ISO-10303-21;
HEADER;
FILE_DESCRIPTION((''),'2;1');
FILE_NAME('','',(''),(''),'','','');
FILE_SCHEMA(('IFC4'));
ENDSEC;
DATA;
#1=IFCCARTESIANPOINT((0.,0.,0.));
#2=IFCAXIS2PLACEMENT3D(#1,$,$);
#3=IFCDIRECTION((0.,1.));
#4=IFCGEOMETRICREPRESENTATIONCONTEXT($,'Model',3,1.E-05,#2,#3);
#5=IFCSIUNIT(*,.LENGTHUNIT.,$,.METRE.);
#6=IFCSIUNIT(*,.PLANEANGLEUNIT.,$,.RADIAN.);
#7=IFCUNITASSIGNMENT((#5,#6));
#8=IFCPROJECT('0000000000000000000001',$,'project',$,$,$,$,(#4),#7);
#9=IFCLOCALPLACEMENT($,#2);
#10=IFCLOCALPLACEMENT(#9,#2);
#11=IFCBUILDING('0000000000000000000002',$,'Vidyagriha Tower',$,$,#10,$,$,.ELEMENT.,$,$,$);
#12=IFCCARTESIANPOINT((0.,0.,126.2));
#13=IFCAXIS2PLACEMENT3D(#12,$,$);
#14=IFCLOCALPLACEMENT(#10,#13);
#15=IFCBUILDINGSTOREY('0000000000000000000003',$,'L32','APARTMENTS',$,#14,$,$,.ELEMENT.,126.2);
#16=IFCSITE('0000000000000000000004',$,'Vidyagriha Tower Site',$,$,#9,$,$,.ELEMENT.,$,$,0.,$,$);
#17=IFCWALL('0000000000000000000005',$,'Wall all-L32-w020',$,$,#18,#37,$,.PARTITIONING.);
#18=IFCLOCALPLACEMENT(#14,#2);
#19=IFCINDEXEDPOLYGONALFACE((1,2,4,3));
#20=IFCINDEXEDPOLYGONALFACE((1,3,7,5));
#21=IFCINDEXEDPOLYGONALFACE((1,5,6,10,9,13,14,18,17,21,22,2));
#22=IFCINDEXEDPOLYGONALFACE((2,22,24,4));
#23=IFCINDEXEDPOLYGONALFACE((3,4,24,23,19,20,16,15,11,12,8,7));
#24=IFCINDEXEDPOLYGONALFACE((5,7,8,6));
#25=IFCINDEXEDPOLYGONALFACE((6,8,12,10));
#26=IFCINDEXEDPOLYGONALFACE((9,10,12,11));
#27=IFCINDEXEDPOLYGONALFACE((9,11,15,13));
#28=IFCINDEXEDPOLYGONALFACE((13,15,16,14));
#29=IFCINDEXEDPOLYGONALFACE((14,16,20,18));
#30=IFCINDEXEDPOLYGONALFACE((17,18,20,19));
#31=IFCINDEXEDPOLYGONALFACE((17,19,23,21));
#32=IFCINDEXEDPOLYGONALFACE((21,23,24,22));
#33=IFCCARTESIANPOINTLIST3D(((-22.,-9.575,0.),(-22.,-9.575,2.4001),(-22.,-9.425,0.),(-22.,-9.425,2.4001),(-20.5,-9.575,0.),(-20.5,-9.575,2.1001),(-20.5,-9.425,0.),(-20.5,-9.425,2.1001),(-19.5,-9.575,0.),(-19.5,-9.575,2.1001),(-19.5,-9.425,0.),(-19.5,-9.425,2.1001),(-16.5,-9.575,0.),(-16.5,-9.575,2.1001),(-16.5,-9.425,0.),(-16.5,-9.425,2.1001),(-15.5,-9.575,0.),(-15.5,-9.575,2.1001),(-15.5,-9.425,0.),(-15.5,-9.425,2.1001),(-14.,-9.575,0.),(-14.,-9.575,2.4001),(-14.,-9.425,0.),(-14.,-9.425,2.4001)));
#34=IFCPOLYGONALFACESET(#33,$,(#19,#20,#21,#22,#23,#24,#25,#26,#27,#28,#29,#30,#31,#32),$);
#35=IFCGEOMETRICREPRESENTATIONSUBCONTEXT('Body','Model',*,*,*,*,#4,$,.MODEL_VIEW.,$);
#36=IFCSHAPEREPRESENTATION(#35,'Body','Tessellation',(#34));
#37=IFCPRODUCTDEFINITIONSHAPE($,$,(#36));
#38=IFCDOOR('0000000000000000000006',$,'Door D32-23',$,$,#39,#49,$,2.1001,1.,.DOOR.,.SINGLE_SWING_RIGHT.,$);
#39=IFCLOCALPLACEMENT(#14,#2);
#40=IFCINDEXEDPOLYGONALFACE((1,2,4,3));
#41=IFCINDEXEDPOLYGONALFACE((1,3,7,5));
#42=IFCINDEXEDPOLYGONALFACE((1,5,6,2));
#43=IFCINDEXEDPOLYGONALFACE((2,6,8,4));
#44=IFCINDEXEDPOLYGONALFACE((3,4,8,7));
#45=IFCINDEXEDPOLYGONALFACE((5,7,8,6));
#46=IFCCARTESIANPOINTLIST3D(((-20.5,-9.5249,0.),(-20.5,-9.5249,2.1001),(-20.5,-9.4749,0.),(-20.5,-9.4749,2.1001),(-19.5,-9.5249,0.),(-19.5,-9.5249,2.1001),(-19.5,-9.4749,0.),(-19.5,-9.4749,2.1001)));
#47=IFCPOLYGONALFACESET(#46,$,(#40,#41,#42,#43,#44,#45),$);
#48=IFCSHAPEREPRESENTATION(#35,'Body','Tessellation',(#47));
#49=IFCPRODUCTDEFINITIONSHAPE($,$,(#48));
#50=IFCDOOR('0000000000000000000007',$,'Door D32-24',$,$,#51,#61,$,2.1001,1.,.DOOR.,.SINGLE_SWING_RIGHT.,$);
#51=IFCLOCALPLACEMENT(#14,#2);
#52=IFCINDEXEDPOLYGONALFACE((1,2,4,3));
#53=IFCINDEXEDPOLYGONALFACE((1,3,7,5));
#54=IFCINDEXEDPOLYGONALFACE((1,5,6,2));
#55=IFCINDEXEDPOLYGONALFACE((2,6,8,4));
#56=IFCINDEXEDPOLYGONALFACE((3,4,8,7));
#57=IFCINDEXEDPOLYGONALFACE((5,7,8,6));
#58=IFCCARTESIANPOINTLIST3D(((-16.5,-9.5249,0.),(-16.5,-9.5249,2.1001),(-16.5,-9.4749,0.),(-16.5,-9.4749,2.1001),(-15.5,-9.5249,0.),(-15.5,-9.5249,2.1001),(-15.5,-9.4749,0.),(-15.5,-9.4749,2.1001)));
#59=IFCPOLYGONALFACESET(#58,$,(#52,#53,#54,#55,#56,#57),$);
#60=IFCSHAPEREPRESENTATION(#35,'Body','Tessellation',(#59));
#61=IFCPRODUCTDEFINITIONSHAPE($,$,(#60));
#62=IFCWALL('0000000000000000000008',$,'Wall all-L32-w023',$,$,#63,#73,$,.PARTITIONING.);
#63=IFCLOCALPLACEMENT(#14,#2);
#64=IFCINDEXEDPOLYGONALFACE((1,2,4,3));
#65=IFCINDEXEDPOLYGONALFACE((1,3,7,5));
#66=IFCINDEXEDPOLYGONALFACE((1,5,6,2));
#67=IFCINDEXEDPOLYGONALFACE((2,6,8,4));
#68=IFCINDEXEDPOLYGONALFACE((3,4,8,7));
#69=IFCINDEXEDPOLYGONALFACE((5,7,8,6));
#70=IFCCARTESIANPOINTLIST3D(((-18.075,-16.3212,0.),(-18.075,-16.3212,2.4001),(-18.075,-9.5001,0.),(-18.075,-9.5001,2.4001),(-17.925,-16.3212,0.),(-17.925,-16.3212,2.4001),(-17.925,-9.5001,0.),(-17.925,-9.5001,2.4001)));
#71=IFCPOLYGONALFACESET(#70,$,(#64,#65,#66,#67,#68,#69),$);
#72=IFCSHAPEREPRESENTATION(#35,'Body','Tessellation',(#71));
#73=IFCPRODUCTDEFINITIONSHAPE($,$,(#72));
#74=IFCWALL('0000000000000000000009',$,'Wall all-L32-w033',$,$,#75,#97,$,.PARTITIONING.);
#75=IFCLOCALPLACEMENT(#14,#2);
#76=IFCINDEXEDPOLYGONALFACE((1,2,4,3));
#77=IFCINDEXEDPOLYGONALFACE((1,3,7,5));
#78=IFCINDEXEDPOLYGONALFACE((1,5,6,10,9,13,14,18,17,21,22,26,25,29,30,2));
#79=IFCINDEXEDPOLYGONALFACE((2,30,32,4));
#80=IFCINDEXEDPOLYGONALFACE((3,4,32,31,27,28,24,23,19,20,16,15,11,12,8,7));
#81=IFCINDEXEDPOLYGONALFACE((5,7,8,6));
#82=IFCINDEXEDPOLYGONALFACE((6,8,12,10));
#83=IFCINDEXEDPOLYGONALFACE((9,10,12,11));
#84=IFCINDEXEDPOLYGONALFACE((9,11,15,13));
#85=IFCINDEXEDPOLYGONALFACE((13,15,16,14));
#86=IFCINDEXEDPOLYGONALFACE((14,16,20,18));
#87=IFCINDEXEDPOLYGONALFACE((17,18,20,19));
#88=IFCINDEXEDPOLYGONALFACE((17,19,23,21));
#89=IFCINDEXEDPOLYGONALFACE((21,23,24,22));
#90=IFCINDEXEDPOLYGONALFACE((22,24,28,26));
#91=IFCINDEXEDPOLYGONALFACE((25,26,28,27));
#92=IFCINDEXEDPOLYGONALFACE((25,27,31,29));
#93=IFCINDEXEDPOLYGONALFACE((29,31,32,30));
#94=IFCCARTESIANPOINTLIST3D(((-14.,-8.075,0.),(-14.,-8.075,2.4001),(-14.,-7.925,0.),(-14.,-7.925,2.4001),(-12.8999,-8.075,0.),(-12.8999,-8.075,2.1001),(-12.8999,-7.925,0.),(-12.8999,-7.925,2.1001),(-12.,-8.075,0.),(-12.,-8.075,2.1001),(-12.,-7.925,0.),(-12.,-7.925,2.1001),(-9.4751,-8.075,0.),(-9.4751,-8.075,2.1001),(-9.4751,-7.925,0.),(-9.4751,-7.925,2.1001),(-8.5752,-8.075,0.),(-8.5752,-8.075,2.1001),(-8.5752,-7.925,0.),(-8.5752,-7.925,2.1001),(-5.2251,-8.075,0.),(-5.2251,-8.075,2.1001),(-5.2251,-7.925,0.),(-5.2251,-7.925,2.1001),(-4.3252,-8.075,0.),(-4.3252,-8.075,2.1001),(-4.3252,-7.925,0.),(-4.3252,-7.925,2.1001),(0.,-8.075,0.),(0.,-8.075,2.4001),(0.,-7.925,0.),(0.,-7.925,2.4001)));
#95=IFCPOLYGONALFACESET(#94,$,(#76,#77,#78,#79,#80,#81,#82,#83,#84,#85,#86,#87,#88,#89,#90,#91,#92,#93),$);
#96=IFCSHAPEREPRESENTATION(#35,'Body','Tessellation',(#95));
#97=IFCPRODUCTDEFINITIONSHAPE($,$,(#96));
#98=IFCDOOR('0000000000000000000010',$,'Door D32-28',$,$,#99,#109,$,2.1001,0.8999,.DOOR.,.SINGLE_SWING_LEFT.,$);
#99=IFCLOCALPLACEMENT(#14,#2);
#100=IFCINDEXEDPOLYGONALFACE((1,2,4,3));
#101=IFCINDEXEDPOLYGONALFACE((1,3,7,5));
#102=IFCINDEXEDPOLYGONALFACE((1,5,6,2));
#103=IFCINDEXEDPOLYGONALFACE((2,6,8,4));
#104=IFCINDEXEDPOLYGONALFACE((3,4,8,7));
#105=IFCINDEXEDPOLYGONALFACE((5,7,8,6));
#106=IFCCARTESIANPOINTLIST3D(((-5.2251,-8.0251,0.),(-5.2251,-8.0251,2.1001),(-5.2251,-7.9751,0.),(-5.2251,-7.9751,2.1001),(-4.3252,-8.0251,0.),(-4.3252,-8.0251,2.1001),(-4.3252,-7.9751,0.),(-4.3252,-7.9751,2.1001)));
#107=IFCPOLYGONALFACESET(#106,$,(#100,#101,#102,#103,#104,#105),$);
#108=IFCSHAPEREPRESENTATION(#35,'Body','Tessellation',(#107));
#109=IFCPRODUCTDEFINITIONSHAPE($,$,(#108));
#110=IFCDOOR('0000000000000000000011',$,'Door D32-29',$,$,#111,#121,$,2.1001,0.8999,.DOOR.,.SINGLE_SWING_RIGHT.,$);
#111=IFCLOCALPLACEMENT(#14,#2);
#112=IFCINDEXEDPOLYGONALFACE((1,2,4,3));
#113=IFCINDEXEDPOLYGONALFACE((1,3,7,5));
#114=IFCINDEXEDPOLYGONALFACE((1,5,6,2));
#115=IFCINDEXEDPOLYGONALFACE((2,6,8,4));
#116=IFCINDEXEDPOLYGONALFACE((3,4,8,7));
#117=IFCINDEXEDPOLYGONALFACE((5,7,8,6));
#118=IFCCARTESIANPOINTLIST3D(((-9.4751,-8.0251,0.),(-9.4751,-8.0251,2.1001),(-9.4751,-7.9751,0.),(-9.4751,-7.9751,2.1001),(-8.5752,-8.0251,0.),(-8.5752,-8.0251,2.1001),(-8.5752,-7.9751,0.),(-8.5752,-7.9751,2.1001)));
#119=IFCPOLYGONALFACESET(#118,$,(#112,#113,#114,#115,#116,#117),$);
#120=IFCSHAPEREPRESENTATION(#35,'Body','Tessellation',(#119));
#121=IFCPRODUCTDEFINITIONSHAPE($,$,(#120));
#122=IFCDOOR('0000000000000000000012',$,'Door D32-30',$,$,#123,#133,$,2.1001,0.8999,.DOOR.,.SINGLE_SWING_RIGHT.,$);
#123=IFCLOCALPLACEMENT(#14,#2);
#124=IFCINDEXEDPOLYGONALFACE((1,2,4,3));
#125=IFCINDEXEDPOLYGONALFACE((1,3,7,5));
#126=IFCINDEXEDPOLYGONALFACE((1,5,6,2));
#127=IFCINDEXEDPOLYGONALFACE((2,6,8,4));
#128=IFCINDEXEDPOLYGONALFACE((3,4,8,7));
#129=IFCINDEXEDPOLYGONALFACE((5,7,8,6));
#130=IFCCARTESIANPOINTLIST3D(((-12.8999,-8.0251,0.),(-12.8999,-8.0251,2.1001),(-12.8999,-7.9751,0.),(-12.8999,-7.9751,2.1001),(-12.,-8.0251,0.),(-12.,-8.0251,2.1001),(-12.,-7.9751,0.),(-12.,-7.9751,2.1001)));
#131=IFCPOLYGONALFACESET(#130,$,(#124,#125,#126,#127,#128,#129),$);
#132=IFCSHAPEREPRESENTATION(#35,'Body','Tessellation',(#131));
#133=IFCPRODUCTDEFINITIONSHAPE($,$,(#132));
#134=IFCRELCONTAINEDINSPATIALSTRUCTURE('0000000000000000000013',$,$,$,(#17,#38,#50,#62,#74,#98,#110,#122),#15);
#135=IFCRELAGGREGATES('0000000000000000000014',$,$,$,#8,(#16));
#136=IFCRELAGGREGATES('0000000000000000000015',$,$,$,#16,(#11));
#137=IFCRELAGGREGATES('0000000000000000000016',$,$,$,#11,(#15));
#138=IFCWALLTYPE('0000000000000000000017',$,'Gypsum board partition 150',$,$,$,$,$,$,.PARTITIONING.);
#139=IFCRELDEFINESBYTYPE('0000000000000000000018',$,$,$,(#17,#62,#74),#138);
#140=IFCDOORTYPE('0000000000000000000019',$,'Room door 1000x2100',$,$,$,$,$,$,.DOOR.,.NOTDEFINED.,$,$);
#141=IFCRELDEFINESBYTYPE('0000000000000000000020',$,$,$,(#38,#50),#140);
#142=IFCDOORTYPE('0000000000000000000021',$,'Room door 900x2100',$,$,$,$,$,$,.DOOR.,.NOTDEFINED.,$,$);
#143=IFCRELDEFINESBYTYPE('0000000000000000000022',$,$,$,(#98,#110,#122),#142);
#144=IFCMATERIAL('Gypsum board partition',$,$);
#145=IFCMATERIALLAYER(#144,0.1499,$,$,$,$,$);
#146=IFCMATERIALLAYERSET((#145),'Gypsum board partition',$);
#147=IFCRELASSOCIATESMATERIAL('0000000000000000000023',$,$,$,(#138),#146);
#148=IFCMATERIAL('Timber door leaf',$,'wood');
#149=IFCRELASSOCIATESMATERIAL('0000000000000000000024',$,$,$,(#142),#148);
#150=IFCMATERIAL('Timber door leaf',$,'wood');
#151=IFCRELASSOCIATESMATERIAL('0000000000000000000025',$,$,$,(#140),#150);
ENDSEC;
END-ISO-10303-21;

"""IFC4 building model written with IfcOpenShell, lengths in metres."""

from ifc_helpers import new_model, si_unit, direction, frame, frame_2d, origin, place, context, subcontext, project, spatial, rectangle, extrude, material, layer, layer_set, type_object, element, fill, save


model = new_model("IFC4")

# Units and contexts
model_context = context("Model", 3, precision=1e-05, world=origin(), true_north=direction((0.0, 1.0)))
body_context = subcontext(model_context, "Body", "Model", "MODEL_VIEW")
ifc_project = project(units=[si_unit("LENGTHUNIT", "METRE"), si_unit("PLANEANGLEUNIT", "RADIAN")], contexts=[model_context])

# Site, building, storey
site_placement = place(None, origin())
site = spatial("IfcSite", under=ifc_project, at=site_placement, Name="Vidyagriha Tower Site", CompositionType="ELEMENT", RefElevation=0.0)
building_placement = place(site_placement, origin())
building = spatial("IfcBuilding", under=site, at=building_placement, Name="Vidyagriha Tower", CompositionType="ELEMENT")
storey_placement = place(building_placement, frame((0.0, 0.0, 126.2)))
storey = spatial("IfcBuildingStorey", under=building, at=storey_placement, Name="L32", Description="APARTMENTS", CompositionType="ELEMENT", Elevation=126.2)

# Shared definitions
ifc_material_1 = material(Name="Gypsum board partition")
ifc_layer_1 = layer(ifc_material_1, 0.1499)
ifc_layer_set_1 = layer_set([ifc_layer_1], Name="Gypsum board partition")
wall_type_1 = type_object("IfcWallType", Name="Gypsum board partition 150", PredefinedType="PARTITIONING", material=ifc_layer_set_1)

# Shared definitions
ifc_material_2 = material(Name="Timber door leaf", Category="wood")
door_type_1 = type_object("IfcDoorType", Name="Room door 900x2100", OperationType="NOTDEFINED", PredefinedType="DOOR", material=ifc_material_2)

# Wall, openings, doors
wall_1_placement = place(storey_placement, frame((-14.0, -9.5, 0.0), z_axis=(0.0, 0.0, 1.0), x_axis=(-1.0, 0.0, 0.0)))
wall_1 = element("IfcWall", 1, at=wall_1_placement, inside=storey, type_object=wall_type_1, Name="Wall all-L32-w020", PredefinedType="PARTITIONING", context=body_context, shape_type="SweptSolid", body=[
    extrude(rectangle(XDim=8.0, YDim=0.1499, at=frame_2d((4.0, 0.0))), origin(), (0.0, 0.0, 1.0), 2.4001),
])
opening_1_placement = place(wall_1_placement, frame((5.5, 0.0, 0.0)))
opening_1 = element("IfcOpeningElement", 2, at=opening_1_placement, cuts=wall_1, PredefinedType="OPENING", context=body_context, shape_type="SweptSolid", body=[
    extrude(rectangle(XDim=1.0, YDim=2.1001, at=frame_2d((0.5, 1.05))), frame((0.0, 0.085, 0.0), z_axis=(0.0, -1.0, 0.0), x_axis=(1.0, 0.0, 0.0)), (0.0, 0.0, 1.0), 0.1699),
])
opening_2_placement = place(wall_1_placement, frame((1.5, 0.0, 0.0)))
opening_2 = element("IfcOpeningElement", 3, at=opening_2_placement, cuts=wall_1, PredefinedType="OPENING", context=body_context, shape_type="SweptSolid", body=[
    extrude(rectangle(XDim=1.0, YDim=2.1001, at=frame_2d((0.5, 1.05))), frame((0.0, 0.085, 0.0), z_axis=(0.0, -1.0, 0.0), x_axis=(1.0, 0.0, 0.0)), (0.0, 0.0, 1.0), 0.1699),
])
ifc_material_3 = material(Name="Timber door leaf", Category="wood")
door_type_2 = type_object("IfcDoorType", Name="Room door 1000x2100", OperationType="NOTDEFINED", PredefinedType="DOOR", material=ifc_material_3)
door_1_placement = place(opening_1_placement, origin())
door_1 = element("IfcDoor", 4, at=door_1_placement, inside=storey, type_object=door_type_2, Name="Door D32-23", OperationType="SINGLE_SWING_RIGHT", OverallHeight=2.1001, OverallWidth=1.0, PredefinedType="DOOR", context=body_context, shape_type="SweptSolid", body=[
    extrude(rectangle(XDim=1.0, YDim=2.1001, at=frame_2d((0.5, 1.05))), frame((0.0, 0.0249, 0.0), z_axis=(0.0, -1.0, 0.0), x_axis=(1.0, 0.0, 0.0)), (0.0, 0.0, 1.0), 0.05),
])
fill(opening_1, door_1)
door_2_placement = place(opening_2_placement, origin())
door_2 = element("IfcDoor", 5, at=door_2_placement, inside=storey, type_object=door_type_2, Name="Door D32-24", OperationType="SINGLE_SWING_RIGHT", OverallHeight=2.1001, OverallWidth=1.0, PredefinedType="DOOR", context=body_context, shape_type="SweptSolid", body=[
    extrude(rectangle(XDim=1.0, YDim=2.1001, at=frame_2d((0.5, 1.05))), frame((0.0, 0.0249, 0.0), z_axis=(0.0, -1.0, 0.0), x_axis=(1.0, 0.0, 0.0)), (0.0, 0.0, 1.0), 0.05),
])
fill(opening_2, door_2)

# Wall
wall_2_placement = place(storey_placement, frame((-18.0, -9.5, 0.0), z_axis=(0.0, 0.0, 1.0), x_axis=(0.0, -1.0, 0.0)))
element("IfcWall", 6, at=wall_2_placement, inside=storey, type_object=wall_type_1, Name="Wall all-L32-w023", PredefinedType="PARTITIONING", context=body_context, shape_type="SweptSolid", body=[
    extrude(rectangle(XDim=6.821, YDim=0.1499, at=frame_2d((3.4106, 0.0))), origin(), (0.0, 0.0, 1.0), 2.4001),
])

# Wall, openings, doors
wall_3_placement = place(storey_placement, frame((-14.0, -8.0, 0.0)))
wall_3 = element("IfcWall", 7, at=wall_3_placement, inside=storey, type_object=wall_type_1, Name="Wall all-L32-w033", PredefinedType="PARTITIONING", context=body_context, shape_type="SweptSolid", body=[
    extrude(rectangle(XDim=14.0, YDim=0.1499, at=frame_2d((7.0, 0.0))), origin(), (0.0, 0.0, 1.0), 2.4001),
])
opening_3_placement = place(wall_3_placement, frame((8.7749, 0.0, 0.0)))
opening_3 = element("IfcOpeningElement", 8, at=opening_3_placement, cuts=wall_3, PredefinedType="OPENING", context=body_context, shape_type="SweptSolid", body=[
    extrude(rectangle(XDim=0.8999, YDim=2.1001, at=frame_2d((0.45, 1.05))), frame((0.0, 0.085, 0.0), z_axis=(0.0, -1.0, 0.0), x_axis=(1.0, 0.0, 0.0)), (0.0, 0.0, 1.0), 0.1699),
])
opening_4_placement = place(wall_3_placement, frame((4.5249, 0.0, 0.0)))
opening_4 = element("IfcOpeningElement", 9, at=opening_4_placement, cuts=wall_3, PredefinedType="OPENING", context=body_context, shape_type="SweptSolid", body=[
    extrude(rectangle(XDim=0.8999, YDim=2.1001, at=frame_2d((0.45, 1.05))), frame((0.0, 0.085, 0.0), z_axis=(0.0, -1.0, 0.0), x_axis=(1.0, 0.0, 0.0)), (0.0, 0.0, 1.0), 0.1699),
])
opening_5_placement = place(wall_3_placement, frame((1.1001, 0.0, 0.0)))
opening_5 = element("IfcOpeningElement", 10, at=opening_5_placement, cuts=wall_3, PredefinedType="OPENING", context=body_context, shape_type="SweptSolid", body=[
    extrude(rectangle(XDim=0.8999, YDim=2.1001, at=frame_2d((0.45, 1.05))), frame((0.0, 0.085, 0.0), z_axis=(0.0, -1.0, 0.0), x_axis=(1.0, 0.0, 0.0)), (0.0, 0.0, 1.0), 0.1699),
])
door_3_placement = place(opening_3_placement, origin())
door_3 = element("IfcDoor", 11, at=door_3_placement, inside=storey, type_object=door_type_1, Name="Door D32-28", OperationType="SINGLE_SWING_LEFT", OverallHeight=2.1001, OverallWidth=0.8999, PredefinedType="DOOR", context=body_context, shape_type="SweptSolid", body=[
    extrude(rectangle(XDim=0.8999, YDim=2.1001, at=frame_2d((0.45, 1.05))), frame((0.0, 0.0249, 0.0), z_axis=(0.0, -1.0, 0.0), x_axis=(1.0, 0.0, 0.0)), (0.0, 0.0, 1.0), 0.05),
])
fill(opening_3, door_3)
door_4_placement = place(opening_4_placement, origin())
door_4 = element("IfcDoor", 12, at=door_4_placement, inside=storey, type_object=door_type_1, Name="Door D32-29", OperationType="SINGLE_SWING_RIGHT", OverallHeight=2.1001, OverallWidth=0.8999, PredefinedType="DOOR", context=body_context, shape_type="SweptSolid", body=[
    extrude(rectangle(XDim=0.8999, YDim=2.1001, at=frame_2d((0.45, 1.05))), frame((0.0, 0.0249, 0.0), z_axis=(0.0, -1.0, 0.0), x_axis=(1.0, 0.0, 0.0)), (0.0, 0.0, 1.0), 0.05),
])
fill(opening_4, door_4)
door_5_placement = place(opening_5_placement, origin())
door_5 = element("IfcDoor", 13, at=door_5_placement, inside=storey, type_object=door_type_1, Name="Door D32-30", OperationType="SINGLE_SWING_RIGHT", OverallHeight=2.1001, OverallWidth=0.8999, PredefinedType="DOOR", context=body_context, shape_type="SweptSolid", body=[
    extrude(rectangle(XDim=0.8999, YDim=2.1001, at=frame_2d((0.45, 1.05))), frame((0.0, 0.0249, 0.0), z_axis=(0.0, -1.0, 0.0), x_axis=(1.0, 0.0, 0.0)), (0.0, 0.0, 1.0), 0.05),
])
fill(opening_5, door_5)

save(model, "model.ifc")
